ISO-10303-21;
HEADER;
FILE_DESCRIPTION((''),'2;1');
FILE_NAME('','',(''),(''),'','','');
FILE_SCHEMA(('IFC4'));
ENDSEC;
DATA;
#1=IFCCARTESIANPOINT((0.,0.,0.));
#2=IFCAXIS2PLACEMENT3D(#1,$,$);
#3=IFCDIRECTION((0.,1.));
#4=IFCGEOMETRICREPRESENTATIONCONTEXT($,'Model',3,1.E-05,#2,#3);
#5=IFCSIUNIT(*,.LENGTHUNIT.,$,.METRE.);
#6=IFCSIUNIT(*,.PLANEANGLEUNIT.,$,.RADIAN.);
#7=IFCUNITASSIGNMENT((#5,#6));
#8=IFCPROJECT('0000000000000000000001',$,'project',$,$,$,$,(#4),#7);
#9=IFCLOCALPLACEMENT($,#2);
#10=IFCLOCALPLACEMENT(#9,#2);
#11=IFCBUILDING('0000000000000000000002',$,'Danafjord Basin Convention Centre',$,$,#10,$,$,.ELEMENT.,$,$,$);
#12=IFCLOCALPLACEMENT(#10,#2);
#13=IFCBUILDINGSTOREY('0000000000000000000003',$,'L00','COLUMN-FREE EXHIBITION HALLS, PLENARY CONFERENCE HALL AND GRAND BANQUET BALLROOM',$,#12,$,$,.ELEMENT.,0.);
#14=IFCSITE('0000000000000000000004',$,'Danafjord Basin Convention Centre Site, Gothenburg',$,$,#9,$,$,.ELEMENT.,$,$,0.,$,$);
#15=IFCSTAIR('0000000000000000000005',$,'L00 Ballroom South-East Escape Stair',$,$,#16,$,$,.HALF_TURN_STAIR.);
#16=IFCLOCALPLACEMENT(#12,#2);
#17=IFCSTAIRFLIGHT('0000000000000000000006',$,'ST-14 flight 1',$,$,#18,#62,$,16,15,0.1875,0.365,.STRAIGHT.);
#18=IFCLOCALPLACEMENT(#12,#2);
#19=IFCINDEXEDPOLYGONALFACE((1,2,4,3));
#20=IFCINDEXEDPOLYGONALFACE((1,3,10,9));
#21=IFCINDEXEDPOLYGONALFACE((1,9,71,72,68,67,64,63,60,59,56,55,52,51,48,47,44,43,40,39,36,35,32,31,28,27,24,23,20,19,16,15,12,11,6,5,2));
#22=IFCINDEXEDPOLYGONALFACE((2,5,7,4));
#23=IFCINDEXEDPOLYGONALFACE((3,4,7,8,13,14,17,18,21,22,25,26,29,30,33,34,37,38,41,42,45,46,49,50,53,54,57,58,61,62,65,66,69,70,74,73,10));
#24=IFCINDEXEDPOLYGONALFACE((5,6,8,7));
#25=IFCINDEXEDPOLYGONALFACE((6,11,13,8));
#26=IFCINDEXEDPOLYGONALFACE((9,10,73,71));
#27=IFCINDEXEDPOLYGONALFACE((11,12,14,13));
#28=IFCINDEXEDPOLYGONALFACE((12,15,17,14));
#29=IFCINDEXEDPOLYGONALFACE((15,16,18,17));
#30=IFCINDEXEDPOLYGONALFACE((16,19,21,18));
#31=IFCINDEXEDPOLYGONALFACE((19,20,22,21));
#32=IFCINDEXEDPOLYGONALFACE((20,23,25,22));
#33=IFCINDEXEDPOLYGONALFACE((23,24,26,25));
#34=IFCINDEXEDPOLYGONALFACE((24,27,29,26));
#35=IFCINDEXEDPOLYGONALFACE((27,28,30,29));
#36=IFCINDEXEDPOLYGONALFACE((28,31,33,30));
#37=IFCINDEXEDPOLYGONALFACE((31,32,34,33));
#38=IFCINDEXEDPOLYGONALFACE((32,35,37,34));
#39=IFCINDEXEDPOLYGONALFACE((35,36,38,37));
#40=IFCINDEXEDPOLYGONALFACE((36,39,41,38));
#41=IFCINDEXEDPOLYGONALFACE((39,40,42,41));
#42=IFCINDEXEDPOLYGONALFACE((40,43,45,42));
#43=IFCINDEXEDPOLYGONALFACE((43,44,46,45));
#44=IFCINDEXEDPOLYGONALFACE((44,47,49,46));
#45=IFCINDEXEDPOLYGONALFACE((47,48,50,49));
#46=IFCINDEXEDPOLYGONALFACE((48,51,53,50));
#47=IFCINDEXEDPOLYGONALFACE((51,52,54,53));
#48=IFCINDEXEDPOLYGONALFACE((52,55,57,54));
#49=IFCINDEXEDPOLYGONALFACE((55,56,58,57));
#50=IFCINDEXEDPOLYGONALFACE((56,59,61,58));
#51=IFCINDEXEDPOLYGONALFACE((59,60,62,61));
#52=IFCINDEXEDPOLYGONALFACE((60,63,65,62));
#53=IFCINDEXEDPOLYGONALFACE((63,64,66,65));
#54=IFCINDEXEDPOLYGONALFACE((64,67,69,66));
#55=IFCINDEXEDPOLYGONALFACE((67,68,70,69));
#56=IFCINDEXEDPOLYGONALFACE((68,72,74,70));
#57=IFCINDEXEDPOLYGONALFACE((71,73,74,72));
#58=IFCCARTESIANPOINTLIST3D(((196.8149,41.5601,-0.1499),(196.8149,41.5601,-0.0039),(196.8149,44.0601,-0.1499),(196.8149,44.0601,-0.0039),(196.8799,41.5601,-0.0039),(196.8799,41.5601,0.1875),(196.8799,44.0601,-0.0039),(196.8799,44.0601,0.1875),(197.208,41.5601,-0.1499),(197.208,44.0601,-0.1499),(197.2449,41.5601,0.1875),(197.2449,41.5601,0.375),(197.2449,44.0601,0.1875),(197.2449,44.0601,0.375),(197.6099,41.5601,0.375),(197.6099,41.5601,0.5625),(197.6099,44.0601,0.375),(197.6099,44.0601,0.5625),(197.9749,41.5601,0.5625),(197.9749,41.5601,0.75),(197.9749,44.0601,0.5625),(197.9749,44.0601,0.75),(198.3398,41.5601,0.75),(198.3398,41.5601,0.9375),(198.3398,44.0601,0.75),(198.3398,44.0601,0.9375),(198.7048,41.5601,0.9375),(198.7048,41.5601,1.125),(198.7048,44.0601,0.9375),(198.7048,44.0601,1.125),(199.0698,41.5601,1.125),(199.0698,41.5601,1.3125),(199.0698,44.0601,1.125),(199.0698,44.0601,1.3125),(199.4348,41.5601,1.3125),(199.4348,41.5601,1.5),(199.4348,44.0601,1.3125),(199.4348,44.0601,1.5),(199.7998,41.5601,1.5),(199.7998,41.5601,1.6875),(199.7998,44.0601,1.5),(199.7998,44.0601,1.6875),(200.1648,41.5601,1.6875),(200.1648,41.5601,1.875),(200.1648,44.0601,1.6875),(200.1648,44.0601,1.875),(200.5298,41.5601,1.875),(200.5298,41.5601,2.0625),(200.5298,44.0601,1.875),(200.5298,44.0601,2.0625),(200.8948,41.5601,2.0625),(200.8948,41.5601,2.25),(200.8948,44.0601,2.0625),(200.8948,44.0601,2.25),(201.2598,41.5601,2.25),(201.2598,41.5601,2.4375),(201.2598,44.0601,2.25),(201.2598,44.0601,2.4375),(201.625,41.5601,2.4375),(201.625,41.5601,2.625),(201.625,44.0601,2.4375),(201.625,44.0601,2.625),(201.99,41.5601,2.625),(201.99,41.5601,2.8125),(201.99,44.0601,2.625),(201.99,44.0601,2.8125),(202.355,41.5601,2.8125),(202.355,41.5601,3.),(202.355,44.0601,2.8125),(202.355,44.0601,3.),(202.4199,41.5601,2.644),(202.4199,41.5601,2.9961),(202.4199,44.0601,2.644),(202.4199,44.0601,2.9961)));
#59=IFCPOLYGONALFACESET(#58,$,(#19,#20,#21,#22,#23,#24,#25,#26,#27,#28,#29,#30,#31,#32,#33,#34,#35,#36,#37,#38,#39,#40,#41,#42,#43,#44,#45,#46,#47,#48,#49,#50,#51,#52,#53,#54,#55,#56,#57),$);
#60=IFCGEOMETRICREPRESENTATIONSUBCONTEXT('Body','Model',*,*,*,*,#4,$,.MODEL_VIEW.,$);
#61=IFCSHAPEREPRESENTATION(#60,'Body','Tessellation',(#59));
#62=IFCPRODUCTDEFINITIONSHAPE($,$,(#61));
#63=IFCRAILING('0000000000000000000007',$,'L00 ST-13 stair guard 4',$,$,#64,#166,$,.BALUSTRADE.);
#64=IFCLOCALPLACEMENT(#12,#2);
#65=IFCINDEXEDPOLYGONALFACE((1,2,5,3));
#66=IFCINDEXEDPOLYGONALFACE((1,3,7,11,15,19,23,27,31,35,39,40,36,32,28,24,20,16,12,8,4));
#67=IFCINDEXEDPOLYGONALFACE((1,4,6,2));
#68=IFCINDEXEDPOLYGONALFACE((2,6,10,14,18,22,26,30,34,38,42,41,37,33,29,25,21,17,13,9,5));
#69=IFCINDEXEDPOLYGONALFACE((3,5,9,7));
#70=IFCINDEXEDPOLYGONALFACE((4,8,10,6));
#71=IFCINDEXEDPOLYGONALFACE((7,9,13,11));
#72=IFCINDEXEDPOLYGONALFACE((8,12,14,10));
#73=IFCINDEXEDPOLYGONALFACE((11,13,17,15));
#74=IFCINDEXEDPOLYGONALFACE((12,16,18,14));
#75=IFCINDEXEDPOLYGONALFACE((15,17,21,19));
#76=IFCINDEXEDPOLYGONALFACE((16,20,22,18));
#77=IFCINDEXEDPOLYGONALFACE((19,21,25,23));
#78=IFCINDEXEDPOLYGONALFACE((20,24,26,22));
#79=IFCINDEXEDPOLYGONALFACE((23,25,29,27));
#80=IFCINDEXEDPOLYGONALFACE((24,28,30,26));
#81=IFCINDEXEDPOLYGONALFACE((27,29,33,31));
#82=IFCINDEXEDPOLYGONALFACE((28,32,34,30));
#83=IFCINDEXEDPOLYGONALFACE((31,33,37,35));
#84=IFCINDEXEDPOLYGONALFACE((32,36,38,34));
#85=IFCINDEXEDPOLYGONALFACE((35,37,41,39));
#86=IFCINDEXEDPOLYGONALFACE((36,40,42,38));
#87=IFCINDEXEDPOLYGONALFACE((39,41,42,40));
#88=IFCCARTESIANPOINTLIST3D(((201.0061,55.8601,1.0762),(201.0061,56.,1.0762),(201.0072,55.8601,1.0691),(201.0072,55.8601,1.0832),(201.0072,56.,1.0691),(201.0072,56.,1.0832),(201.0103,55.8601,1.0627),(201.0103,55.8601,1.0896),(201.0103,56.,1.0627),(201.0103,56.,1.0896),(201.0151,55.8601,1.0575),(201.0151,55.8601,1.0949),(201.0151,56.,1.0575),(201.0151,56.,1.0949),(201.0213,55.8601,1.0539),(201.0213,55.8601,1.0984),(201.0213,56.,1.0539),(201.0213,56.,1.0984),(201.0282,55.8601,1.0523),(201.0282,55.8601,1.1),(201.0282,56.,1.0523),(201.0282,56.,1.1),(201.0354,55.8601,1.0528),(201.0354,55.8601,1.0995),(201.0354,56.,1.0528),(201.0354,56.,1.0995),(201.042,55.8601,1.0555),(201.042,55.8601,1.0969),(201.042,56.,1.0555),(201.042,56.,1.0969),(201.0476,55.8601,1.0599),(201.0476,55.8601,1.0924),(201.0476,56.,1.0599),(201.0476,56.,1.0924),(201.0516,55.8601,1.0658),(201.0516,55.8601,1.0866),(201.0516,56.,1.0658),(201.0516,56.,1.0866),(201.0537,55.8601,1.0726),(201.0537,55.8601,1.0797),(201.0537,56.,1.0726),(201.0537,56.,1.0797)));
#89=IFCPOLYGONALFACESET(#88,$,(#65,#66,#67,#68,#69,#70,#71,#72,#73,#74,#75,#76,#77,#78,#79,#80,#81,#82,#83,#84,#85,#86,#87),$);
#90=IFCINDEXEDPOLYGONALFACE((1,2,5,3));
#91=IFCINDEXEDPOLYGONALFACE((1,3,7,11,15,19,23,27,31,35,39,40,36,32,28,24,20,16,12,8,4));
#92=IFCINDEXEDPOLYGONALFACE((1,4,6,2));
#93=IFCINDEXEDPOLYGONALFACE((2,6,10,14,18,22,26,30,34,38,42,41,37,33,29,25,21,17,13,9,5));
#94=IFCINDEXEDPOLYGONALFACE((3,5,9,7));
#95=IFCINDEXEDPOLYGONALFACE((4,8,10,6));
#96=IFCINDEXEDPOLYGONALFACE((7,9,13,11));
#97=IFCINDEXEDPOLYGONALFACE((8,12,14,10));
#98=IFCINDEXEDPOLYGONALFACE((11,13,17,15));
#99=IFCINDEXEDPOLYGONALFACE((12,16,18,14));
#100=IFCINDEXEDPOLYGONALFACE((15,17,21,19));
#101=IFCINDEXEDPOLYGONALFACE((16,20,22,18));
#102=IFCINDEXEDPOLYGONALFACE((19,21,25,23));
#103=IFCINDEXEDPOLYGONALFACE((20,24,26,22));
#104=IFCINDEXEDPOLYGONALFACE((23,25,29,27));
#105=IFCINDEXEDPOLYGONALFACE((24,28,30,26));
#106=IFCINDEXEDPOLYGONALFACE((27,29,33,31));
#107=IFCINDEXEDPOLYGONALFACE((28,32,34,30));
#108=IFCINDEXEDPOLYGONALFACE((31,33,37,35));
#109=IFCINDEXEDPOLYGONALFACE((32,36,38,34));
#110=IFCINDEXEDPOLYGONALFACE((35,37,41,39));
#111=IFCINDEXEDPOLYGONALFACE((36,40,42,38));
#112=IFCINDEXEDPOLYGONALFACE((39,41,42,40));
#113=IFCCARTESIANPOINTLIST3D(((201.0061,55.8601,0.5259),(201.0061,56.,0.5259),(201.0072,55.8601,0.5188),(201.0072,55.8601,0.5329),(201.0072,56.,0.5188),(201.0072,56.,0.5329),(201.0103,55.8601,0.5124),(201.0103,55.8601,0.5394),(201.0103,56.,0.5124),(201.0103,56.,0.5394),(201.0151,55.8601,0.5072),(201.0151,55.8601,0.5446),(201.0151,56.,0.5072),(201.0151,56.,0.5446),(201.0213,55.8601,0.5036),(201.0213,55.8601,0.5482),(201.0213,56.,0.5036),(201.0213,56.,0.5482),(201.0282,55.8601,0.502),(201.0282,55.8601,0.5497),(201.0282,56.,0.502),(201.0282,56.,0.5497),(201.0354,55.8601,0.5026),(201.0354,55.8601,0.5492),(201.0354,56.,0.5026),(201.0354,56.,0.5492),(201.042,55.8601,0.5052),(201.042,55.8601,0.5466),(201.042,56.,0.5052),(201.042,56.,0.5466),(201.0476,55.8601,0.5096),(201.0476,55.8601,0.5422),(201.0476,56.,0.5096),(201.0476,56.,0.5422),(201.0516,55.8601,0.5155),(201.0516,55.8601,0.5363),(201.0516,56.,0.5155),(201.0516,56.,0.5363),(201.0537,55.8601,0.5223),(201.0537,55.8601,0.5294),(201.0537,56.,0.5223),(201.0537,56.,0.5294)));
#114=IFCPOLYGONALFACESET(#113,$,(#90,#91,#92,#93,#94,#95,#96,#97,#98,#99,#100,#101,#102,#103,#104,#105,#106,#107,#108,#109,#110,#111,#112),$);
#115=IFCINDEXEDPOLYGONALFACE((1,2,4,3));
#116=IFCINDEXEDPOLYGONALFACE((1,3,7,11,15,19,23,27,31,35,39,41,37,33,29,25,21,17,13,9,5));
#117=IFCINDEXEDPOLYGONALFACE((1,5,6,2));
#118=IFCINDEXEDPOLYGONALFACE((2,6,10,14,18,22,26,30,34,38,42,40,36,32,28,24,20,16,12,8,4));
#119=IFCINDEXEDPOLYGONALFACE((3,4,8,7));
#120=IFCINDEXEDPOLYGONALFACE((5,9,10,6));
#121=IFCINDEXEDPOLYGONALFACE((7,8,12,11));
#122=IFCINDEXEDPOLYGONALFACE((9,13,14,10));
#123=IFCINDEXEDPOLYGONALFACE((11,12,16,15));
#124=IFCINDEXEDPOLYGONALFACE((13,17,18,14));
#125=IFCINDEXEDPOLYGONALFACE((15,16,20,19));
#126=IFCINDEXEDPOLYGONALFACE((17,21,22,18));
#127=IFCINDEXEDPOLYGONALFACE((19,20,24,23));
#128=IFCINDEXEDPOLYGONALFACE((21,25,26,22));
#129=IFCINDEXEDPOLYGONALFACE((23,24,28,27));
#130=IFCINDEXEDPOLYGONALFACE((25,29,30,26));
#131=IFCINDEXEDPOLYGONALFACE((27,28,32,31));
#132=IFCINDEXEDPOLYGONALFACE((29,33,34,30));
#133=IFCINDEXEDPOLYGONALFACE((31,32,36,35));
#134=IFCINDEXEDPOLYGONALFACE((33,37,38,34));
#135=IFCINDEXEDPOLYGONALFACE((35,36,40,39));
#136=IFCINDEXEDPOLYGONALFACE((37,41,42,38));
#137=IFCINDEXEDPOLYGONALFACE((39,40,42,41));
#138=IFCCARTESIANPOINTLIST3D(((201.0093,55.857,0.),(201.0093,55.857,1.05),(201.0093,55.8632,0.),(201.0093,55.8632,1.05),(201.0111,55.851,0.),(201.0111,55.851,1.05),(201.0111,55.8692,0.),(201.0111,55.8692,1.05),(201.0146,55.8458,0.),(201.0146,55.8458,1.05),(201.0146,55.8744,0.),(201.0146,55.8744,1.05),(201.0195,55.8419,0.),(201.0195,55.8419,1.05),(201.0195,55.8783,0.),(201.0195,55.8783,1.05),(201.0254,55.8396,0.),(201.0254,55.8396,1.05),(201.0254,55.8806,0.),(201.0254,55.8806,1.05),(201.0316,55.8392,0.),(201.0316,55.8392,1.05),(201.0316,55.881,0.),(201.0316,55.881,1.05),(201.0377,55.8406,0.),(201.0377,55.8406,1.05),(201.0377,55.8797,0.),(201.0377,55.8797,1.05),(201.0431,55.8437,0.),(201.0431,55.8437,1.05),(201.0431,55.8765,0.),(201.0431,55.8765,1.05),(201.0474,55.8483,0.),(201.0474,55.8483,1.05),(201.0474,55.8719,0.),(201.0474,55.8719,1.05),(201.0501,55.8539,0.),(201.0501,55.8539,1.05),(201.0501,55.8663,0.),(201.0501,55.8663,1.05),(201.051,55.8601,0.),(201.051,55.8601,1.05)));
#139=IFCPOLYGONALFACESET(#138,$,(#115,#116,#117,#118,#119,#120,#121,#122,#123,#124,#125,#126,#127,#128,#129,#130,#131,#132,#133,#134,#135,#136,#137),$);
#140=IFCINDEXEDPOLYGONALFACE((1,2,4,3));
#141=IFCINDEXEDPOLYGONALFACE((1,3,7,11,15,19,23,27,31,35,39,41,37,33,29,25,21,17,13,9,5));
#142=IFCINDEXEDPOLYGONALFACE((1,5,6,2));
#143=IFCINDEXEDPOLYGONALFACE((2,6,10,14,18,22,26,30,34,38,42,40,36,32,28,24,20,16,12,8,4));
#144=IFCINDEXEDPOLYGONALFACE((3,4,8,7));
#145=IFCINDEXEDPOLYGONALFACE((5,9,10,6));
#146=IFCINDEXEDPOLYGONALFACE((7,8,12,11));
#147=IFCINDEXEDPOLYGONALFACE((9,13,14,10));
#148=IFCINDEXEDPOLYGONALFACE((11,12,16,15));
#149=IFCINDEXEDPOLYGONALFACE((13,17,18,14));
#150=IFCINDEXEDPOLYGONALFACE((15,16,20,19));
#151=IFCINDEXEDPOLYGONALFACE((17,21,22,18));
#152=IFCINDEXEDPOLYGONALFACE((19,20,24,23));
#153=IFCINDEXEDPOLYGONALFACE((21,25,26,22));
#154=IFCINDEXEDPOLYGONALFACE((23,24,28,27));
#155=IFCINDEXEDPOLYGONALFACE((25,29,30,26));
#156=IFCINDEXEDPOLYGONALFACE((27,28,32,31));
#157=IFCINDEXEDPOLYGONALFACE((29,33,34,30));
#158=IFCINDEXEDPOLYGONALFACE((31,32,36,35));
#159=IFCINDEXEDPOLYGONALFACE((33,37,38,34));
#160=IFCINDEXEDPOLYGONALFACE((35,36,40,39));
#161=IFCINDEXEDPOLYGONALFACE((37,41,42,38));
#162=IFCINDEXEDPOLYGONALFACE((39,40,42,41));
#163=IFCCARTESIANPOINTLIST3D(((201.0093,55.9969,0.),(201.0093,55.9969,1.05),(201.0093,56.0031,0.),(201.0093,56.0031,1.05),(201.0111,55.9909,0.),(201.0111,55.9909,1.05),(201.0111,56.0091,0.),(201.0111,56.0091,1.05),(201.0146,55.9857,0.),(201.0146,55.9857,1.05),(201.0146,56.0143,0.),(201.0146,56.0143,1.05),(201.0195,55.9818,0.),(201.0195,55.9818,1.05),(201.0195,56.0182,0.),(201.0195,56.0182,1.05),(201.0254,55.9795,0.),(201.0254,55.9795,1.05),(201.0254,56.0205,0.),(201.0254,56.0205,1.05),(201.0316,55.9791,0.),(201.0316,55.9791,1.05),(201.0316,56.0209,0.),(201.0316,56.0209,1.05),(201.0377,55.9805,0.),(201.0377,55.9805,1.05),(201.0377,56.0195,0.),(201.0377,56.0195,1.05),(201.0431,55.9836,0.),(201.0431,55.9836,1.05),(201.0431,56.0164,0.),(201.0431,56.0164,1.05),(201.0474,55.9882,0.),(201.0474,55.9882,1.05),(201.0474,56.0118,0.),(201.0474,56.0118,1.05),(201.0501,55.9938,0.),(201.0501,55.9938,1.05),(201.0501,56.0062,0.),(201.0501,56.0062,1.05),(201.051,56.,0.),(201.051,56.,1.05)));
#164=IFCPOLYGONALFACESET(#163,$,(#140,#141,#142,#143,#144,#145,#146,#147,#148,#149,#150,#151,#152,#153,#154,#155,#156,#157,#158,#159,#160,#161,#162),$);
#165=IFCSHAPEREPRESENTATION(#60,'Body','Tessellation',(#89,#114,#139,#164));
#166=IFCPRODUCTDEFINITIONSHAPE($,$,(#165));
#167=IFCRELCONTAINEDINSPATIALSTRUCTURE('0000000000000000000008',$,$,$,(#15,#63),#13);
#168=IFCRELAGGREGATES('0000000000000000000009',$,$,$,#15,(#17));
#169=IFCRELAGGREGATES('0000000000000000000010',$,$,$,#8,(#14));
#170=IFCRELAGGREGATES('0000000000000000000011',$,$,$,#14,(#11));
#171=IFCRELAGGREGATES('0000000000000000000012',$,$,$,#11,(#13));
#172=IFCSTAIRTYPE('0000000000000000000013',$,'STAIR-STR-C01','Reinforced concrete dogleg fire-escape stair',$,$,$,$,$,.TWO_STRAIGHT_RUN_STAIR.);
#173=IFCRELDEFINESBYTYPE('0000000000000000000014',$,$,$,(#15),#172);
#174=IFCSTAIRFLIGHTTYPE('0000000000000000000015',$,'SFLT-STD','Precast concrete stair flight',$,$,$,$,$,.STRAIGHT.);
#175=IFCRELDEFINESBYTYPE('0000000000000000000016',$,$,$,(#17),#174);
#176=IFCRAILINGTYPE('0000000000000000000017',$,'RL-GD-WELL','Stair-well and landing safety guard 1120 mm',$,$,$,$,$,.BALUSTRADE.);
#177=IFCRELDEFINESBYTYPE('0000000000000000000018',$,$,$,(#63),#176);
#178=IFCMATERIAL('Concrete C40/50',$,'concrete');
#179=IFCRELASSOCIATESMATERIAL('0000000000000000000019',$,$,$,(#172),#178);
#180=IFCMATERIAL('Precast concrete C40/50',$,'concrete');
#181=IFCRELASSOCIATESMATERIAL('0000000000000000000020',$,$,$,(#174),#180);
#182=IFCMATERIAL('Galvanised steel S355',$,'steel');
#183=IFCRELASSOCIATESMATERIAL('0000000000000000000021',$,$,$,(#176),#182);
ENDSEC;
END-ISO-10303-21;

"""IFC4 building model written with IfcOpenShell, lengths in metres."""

from ifc_helpers import new_model, si_unit, direction, frame, origin, origin_2d, place, context, subcontext, project, spatial, polyline, circle, outline, extrude, material, type_object, element, aggregate, save


model = new_model("IFC4")

# Units and contexts
model_context = context("Model", 3, precision=1e-05, world=origin(), true_north=direction((0.0, 1.0)))
body_context = subcontext(model_context, "Body", "Model", "MODEL_VIEW")
ifc_project = project(units=[si_unit("LENGTHUNIT", "METRE"), si_unit("PLANEANGLEUNIT", "RADIAN")], contexts=[model_context])

# Site, building, storey
site_placement = place(None, origin())
site = spatial("IfcSite", under=ifc_project, at=site_placement, Name="Danafjord Basin Convention Centre Site, Gothenburg", CompositionType="ELEMENT", RefElevation=0.0)
building_placement = place(site_placement, origin())
building = spatial("IfcBuilding", under=site, at=building_placement, Name="Danafjord Basin Convention Centre", CompositionType="ELEMENT")
storey_placement = place(building_placement, origin())
storey = spatial("IfcBuildingStorey", under=building, at=storey_placement, Name="L00", Description="COLUMN-FREE EXHIBITION HALLS, PLENARY CONFERENCE HALL AND GRAND BANQUET BALLROOM", CompositionType="ELEMENT", Elevation=0.0)

# Shared definitions
ifc_material_1 = material(Name="Concrete C40/50", Category="concrete")

# Stair, stair flight
stair_type = type_object("IfcStairType", Name="STAIR-STR-C01", Description="Reinforced concrete dogleg fire-escape stair", PredefinedType="TWO_STRAIGHT_RUN_STAIR", material=ifc_material_1)
ifc_material_2 = material(Name="Precast concrete C40/50", Category="concrete")
stair_flight_type = type_object("IfcStairFlightType", Name="SFLT-STD", Description="Precast concrete stair flight", PredefinedType="STRAIGHT", material=ifc_material_2)
stair_1_placement = place(storey_placement, origin())
stair_1 = element("IfcStair", 1, at=stair_1_placement, inside=storey, type_object=stair_type, Name="L00 Ballroom South-East Escape Stair", PredefinedType="HALF_TURN_STAIR")
stair_flight_1_placement = place(storey_placement, frame((196.8799, 42.8101, 0.0), z_axis=(0.0, 0.0, 1.0), x_axis=(1.0, 0.0, 0.0)))
stair_flight_1 = element("IfcStairFlight", 2, at=stair_flight_1_placement, type_object=stair_flight_type, Name="ST-14 flight 1", NumberOfRisers=16, NumberOfTreads=15, PredefinedType="STRAIGHT", RiserHeight=0.1875, TreadLength=0.365, context=body_context, shape_type="SweptSolid", body=[
    extrude(outline(polyline([(-0.0649, -0.1499), (-0.0649, -0.0039), (0.0, -0.0039), (0.0, 0.1875), (0.365, 0.1875), (0.365, 0.375), (0.73, 0.375), (0.73, 0.5625), (1.095, 0.5625), (1.095, 0.75), (1.46, 0.75), (1.46, 0.9375), (1.825, 0.9375), (1.825, 1.125), (2.1899, 1.125), (2.1899, 1.3125), (2.5549, 1.3125), (2.5549, 1.5), (2.9199, 1.5), (2.9199, 1.6875), (3.2849, 1.6875), (3.2849, 1.875), (3.6499, 1.875), (3.6499, 2.0625), (4.0149, 2.0625), (4.0149, 2.25), (4.3799, 2.25), (4.3799, 2.4375), (4.7451, 2.4375), (4.7451, 2.625), (5.1101, 2.625), (5.1101, 2.8125), (5.4751, 2.8125), (5.4751, 3.0), (5.54, 2.9961), (5.54, 2.644), (0.3281, -0.1499), (-0.0649, -0.1499)])), frame((0.0, 1.25, 0.0), z_axis=(0.0, -1.0, 0.0), x_axis=(1.0, 0.0, 0.0)), (0.0, 0.0, 1.0), 2.5),
])
aggregate(stair_1, [stair_flight_1])

# Railing
ifc_material_3 = material(Name="Galvanised steel S355", Category="steel")
railing_type_1 = type_object("IfcRailingType", Name="RL-GD-WELL", Description="Stair-well and landing safety guard 1120 mm", PredefinedType="BALUSTRADE", material=ifc_material_3)
railing_1_placement = place(storey_placement, frame((201.03, 55.8601, 0.0)))
element("IfcRailing", 3, at=railing_1_placement, inside=storey, type_object=railing_type_1, Name="L00 ST-13 stair guard 4", PredefinedType="BALUSTRADE", context=body_context, shape_type="SweptSolid", body=[
    extrude(circle(Radius=0.0239, at=origin_2d()), frame((0.0, 0.0, 1.0762), z_axis=(0.0, 1.0, 0.0), x_axis=(-1.0, 0.0, 0.0)), (0.0, 0.0, 1.0), 0.1399),
    extrude(circle(Radius=0.0239, at=origin_2d()), frame((0.0, 0.0, 0.5259), z_axis=(0.0, 1.0, 0.0), x_axis=(-1.0, 0.0, 0.0)), (0.0, 0.0, 1.0), 0.1399),
    extrude(circle(Radius=0.021, at=origin_2d()), origin(), (0.0, 0.0, 1.0), 1.05),
    extrude(circle(Radius=0.021, at=origin_2d()), frame((0.0, 0.1399, 0.0)), (0.0, 0.0, 1.0), 1.05),
])

save(model, "model.ifc")
